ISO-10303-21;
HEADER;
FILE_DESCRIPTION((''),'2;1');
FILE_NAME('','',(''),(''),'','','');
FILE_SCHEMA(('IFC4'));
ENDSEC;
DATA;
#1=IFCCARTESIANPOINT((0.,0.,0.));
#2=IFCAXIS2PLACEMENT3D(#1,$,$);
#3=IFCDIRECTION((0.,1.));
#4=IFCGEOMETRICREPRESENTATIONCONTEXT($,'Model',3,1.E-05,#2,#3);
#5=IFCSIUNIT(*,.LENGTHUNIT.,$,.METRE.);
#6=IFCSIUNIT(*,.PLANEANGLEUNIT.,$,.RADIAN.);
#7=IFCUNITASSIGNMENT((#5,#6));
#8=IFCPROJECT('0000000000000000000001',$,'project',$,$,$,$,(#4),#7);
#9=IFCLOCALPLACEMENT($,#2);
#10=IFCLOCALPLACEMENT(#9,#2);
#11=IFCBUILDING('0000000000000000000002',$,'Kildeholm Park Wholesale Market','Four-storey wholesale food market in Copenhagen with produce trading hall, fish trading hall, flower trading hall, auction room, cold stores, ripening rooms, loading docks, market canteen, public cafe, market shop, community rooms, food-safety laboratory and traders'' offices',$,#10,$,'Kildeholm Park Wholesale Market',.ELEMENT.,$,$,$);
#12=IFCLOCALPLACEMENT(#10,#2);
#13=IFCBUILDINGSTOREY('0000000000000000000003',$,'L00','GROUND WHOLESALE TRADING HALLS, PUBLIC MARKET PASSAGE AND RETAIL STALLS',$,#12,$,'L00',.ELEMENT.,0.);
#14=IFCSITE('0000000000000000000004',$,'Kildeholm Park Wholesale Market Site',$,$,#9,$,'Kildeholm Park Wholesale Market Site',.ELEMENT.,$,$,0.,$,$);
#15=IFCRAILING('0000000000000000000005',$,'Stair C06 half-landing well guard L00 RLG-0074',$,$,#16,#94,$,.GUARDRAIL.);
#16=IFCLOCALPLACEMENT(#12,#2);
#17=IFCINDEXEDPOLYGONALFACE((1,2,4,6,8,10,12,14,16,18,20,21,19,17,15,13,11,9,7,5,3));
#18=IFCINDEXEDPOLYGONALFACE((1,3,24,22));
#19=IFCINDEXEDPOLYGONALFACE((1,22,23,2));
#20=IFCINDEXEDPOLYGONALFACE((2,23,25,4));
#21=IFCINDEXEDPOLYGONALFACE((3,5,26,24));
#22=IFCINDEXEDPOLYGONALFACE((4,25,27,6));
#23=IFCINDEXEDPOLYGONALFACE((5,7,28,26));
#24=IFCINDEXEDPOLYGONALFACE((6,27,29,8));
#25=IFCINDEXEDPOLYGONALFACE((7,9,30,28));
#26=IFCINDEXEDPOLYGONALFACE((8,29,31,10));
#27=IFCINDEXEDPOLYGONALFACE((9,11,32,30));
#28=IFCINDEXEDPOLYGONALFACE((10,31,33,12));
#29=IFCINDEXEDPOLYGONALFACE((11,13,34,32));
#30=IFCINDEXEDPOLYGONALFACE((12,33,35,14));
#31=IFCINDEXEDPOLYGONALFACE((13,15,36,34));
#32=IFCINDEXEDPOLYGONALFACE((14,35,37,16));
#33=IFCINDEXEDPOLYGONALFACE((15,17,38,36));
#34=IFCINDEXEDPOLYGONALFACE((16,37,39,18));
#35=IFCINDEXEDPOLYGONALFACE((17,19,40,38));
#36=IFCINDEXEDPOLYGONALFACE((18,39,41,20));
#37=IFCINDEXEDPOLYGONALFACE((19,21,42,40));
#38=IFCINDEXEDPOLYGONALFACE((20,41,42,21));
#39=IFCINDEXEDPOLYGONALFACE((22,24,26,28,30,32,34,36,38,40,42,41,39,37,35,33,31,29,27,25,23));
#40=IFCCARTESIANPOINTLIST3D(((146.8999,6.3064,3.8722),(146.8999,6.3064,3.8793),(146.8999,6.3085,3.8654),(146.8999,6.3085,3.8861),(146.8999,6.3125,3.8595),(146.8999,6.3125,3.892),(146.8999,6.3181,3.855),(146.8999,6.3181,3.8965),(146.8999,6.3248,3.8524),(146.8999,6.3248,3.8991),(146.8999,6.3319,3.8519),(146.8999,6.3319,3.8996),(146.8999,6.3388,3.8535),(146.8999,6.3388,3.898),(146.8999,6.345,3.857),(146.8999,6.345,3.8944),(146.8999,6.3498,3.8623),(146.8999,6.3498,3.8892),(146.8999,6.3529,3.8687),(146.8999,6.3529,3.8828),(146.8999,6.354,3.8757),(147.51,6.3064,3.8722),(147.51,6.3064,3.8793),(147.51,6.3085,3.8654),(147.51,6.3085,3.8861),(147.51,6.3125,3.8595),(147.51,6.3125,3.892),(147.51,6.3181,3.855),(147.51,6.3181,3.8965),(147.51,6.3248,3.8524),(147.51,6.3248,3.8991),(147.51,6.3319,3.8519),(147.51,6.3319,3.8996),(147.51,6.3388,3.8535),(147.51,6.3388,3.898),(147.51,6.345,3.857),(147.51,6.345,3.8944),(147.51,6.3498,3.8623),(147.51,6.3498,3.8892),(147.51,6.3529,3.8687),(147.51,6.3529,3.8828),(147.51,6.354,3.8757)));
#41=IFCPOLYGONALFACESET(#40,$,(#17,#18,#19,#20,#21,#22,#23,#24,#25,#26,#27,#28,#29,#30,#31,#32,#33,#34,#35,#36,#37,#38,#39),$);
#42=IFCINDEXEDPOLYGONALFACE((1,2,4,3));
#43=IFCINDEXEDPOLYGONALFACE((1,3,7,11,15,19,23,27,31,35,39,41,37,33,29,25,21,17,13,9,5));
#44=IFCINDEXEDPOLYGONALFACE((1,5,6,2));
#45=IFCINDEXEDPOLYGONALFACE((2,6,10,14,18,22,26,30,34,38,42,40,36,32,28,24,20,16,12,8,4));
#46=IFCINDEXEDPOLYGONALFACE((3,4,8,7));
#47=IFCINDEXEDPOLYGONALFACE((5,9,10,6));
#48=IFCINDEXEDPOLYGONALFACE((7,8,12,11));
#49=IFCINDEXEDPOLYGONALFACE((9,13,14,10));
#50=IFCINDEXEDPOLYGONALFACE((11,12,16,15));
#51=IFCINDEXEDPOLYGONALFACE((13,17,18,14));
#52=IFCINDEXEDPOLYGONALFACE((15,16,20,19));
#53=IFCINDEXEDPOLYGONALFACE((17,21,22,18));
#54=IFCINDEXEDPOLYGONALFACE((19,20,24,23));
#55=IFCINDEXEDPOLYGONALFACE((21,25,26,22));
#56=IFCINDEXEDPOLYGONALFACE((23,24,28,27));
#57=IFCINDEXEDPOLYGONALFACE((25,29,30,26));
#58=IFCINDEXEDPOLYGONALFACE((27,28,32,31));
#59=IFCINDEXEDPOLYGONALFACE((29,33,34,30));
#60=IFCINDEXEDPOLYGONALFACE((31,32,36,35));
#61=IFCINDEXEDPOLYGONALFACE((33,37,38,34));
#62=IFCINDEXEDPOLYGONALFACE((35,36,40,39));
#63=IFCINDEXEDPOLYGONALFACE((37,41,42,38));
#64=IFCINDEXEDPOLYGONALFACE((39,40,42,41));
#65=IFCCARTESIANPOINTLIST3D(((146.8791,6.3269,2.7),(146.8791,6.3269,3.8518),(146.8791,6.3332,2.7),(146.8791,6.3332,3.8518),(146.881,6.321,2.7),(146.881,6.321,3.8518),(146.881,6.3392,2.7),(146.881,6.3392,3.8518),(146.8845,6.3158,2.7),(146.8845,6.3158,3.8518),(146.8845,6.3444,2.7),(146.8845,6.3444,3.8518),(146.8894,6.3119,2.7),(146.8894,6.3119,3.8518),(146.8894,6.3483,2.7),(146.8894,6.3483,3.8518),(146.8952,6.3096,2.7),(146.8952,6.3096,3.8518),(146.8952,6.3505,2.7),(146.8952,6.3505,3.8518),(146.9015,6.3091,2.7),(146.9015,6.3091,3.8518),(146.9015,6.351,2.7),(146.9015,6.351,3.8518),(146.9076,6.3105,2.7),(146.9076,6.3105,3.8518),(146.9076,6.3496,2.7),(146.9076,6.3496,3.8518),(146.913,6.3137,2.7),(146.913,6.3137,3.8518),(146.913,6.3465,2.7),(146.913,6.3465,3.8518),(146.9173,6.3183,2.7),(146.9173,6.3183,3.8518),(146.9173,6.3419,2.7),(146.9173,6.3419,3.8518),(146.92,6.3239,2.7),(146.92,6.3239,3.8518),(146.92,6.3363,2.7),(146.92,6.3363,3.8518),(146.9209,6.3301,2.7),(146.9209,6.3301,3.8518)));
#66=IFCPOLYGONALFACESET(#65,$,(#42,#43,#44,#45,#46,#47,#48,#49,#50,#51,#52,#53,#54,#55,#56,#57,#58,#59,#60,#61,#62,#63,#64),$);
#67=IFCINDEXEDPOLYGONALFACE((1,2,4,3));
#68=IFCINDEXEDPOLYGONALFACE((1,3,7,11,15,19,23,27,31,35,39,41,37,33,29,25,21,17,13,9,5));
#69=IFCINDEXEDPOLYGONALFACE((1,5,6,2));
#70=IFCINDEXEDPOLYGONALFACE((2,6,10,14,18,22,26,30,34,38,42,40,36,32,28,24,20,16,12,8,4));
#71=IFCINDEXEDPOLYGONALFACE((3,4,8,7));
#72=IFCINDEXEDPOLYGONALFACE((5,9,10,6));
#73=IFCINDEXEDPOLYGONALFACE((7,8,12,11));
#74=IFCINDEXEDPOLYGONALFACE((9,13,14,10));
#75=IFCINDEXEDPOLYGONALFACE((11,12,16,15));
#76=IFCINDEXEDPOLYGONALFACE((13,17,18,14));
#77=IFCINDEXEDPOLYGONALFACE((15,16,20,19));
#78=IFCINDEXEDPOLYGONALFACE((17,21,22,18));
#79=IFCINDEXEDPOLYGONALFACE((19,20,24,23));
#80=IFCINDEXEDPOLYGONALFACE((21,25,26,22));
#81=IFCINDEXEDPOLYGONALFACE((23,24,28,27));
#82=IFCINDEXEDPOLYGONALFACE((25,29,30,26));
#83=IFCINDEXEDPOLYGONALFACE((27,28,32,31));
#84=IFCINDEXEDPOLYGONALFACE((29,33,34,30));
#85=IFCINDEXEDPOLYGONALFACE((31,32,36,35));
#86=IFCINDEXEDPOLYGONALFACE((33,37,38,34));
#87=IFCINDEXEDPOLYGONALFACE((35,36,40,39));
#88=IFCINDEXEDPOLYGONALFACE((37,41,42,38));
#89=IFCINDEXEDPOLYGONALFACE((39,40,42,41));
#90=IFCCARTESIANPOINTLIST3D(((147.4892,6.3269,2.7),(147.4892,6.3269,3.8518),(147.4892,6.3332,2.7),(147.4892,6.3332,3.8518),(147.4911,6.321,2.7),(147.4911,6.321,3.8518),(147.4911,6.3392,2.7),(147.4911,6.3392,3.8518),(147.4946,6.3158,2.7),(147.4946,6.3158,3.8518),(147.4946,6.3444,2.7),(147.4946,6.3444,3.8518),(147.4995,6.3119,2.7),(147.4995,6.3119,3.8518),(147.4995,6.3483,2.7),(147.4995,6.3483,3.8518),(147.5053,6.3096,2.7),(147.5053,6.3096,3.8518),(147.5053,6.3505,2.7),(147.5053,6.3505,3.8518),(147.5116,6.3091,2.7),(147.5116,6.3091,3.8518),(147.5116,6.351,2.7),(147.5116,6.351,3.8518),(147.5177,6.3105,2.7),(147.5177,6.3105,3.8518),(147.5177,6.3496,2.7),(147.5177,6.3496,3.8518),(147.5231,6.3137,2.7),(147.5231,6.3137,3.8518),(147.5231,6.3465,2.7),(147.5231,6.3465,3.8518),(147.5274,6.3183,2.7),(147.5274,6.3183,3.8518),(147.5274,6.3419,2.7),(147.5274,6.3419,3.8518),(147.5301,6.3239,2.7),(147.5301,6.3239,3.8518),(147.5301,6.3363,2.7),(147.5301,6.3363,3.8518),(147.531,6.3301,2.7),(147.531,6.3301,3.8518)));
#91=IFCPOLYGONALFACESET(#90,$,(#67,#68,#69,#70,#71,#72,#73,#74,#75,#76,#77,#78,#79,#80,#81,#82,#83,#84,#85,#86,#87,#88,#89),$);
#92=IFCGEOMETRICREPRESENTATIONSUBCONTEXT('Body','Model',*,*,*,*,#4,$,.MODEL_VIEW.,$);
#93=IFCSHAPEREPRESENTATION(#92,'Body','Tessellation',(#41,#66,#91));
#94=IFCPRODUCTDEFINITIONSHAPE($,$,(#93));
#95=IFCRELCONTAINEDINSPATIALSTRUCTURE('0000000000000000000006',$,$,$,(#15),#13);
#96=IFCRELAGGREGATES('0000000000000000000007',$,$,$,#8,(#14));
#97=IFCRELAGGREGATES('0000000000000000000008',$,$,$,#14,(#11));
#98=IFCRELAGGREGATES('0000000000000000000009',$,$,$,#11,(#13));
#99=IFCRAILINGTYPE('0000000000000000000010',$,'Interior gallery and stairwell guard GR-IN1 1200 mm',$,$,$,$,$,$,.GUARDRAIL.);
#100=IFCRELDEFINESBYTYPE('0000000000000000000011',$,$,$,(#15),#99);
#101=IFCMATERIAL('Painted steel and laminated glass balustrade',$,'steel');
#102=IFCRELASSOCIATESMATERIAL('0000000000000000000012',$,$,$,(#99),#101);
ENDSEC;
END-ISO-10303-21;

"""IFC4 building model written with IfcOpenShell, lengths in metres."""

from ifc_helpers import new_model, si_unit, direction, frame, origin, origin_2d, place, context, subcontext, project, spatial, circle, extrude, material, type_object, element, save


model = new_model("IFC4")

# Units and contexts
model_context = context("Model", 3, precision=1e-05, world=origin(), true_north=direction((0.0, 1.0)))
body_context = subcontext(model_context, "Body", "Model", "MODEL_VIEW")
ifc_project = project(units=[si_unit("LENGTHUNIT", "METRE"), si_unit("PLANEANGLEUNIT", "RADIAN")], contexts=[model_context])

# Site, building, storey
site_placement = place(None, origin())
site = spatial("IfcSite", under=ifc_project, at=site_placement, Name="Kildeholm Park Wholesale Market Site", LongName="Kildeholm Park Wholesale Market Site", CompositionType="ELEMENT", RefElevation=0.0)
building_placement = place(site_placement, origin())
building = spatial("IfcBuilding", under=site, at=building_placement, Name="Kildeholm Park Wholesale Market", Description="Four-storey wholesale food market in Copenhagen with produce trading hall, fish trading hall, flower trading hall, auction room, cold stores, ripening rooms, loading docks, market canteen, public cafe, market shop, community rooms, food-safety laboratory and traders' offices", LongName="Kildeholm Park Wholesale Market", CompositionType="ELEMENT")
storey_placement = place(building_placement, origin())
storey = spatial("IfcBuildingStorey", under=building, at=storey_placement, Name="L00", Description="GROUND WHOLESALE TRADING HALLS, PUBLIC MARKET PASSAGE AND RETAIL STALLS", LongName="L00", CompositionType="ELEMENT", Elevation=0.0)

# Railing
ifc_material_1 = material(Name="Painted steel and laminated glass balustrade", Category="steel")
railing_type_1 = type_object("IfcRailingType", Name="Interior gallery and stairwell guard GR-IN1 1200 mm", PredefinedType="GUARDRAIL", material=ifc_material_1)
railing_1_placement = place(storey_placement, frame((146.8999, 6.3301, 2.7)))
element("IfcRailing", 1, at=railing_1_placement, inside=storey, type_object=railing_type_1, Name="Stair C06 half-landing well guard L00 RLG-0074", PredefinedType="GUARDRAIL", context=body_context, shape_type="SweptSolid", body=[
    extrude(circle(Radius=0.0239, at=origin_2d()), frame((0.0, 0.0, 1.1758), z_axis=(1.0, 0.0, 0.0), x_axis=(0.0, 1.0, 0.0)), (0.0, 0.0, 1.0), 0.6101),
    extrude(circle(Radius=0.021, at=origin_2d()), origin(), (0.0, 0.0, 1.0), 1.1519),
    extrude(circle(Radius=0.021, at=origin_2d()), frame((0.6101, 0.0, 0.0)), (0.0, 0.0, 1.0), 1.1519),
])

save(model, "model.ifc")
